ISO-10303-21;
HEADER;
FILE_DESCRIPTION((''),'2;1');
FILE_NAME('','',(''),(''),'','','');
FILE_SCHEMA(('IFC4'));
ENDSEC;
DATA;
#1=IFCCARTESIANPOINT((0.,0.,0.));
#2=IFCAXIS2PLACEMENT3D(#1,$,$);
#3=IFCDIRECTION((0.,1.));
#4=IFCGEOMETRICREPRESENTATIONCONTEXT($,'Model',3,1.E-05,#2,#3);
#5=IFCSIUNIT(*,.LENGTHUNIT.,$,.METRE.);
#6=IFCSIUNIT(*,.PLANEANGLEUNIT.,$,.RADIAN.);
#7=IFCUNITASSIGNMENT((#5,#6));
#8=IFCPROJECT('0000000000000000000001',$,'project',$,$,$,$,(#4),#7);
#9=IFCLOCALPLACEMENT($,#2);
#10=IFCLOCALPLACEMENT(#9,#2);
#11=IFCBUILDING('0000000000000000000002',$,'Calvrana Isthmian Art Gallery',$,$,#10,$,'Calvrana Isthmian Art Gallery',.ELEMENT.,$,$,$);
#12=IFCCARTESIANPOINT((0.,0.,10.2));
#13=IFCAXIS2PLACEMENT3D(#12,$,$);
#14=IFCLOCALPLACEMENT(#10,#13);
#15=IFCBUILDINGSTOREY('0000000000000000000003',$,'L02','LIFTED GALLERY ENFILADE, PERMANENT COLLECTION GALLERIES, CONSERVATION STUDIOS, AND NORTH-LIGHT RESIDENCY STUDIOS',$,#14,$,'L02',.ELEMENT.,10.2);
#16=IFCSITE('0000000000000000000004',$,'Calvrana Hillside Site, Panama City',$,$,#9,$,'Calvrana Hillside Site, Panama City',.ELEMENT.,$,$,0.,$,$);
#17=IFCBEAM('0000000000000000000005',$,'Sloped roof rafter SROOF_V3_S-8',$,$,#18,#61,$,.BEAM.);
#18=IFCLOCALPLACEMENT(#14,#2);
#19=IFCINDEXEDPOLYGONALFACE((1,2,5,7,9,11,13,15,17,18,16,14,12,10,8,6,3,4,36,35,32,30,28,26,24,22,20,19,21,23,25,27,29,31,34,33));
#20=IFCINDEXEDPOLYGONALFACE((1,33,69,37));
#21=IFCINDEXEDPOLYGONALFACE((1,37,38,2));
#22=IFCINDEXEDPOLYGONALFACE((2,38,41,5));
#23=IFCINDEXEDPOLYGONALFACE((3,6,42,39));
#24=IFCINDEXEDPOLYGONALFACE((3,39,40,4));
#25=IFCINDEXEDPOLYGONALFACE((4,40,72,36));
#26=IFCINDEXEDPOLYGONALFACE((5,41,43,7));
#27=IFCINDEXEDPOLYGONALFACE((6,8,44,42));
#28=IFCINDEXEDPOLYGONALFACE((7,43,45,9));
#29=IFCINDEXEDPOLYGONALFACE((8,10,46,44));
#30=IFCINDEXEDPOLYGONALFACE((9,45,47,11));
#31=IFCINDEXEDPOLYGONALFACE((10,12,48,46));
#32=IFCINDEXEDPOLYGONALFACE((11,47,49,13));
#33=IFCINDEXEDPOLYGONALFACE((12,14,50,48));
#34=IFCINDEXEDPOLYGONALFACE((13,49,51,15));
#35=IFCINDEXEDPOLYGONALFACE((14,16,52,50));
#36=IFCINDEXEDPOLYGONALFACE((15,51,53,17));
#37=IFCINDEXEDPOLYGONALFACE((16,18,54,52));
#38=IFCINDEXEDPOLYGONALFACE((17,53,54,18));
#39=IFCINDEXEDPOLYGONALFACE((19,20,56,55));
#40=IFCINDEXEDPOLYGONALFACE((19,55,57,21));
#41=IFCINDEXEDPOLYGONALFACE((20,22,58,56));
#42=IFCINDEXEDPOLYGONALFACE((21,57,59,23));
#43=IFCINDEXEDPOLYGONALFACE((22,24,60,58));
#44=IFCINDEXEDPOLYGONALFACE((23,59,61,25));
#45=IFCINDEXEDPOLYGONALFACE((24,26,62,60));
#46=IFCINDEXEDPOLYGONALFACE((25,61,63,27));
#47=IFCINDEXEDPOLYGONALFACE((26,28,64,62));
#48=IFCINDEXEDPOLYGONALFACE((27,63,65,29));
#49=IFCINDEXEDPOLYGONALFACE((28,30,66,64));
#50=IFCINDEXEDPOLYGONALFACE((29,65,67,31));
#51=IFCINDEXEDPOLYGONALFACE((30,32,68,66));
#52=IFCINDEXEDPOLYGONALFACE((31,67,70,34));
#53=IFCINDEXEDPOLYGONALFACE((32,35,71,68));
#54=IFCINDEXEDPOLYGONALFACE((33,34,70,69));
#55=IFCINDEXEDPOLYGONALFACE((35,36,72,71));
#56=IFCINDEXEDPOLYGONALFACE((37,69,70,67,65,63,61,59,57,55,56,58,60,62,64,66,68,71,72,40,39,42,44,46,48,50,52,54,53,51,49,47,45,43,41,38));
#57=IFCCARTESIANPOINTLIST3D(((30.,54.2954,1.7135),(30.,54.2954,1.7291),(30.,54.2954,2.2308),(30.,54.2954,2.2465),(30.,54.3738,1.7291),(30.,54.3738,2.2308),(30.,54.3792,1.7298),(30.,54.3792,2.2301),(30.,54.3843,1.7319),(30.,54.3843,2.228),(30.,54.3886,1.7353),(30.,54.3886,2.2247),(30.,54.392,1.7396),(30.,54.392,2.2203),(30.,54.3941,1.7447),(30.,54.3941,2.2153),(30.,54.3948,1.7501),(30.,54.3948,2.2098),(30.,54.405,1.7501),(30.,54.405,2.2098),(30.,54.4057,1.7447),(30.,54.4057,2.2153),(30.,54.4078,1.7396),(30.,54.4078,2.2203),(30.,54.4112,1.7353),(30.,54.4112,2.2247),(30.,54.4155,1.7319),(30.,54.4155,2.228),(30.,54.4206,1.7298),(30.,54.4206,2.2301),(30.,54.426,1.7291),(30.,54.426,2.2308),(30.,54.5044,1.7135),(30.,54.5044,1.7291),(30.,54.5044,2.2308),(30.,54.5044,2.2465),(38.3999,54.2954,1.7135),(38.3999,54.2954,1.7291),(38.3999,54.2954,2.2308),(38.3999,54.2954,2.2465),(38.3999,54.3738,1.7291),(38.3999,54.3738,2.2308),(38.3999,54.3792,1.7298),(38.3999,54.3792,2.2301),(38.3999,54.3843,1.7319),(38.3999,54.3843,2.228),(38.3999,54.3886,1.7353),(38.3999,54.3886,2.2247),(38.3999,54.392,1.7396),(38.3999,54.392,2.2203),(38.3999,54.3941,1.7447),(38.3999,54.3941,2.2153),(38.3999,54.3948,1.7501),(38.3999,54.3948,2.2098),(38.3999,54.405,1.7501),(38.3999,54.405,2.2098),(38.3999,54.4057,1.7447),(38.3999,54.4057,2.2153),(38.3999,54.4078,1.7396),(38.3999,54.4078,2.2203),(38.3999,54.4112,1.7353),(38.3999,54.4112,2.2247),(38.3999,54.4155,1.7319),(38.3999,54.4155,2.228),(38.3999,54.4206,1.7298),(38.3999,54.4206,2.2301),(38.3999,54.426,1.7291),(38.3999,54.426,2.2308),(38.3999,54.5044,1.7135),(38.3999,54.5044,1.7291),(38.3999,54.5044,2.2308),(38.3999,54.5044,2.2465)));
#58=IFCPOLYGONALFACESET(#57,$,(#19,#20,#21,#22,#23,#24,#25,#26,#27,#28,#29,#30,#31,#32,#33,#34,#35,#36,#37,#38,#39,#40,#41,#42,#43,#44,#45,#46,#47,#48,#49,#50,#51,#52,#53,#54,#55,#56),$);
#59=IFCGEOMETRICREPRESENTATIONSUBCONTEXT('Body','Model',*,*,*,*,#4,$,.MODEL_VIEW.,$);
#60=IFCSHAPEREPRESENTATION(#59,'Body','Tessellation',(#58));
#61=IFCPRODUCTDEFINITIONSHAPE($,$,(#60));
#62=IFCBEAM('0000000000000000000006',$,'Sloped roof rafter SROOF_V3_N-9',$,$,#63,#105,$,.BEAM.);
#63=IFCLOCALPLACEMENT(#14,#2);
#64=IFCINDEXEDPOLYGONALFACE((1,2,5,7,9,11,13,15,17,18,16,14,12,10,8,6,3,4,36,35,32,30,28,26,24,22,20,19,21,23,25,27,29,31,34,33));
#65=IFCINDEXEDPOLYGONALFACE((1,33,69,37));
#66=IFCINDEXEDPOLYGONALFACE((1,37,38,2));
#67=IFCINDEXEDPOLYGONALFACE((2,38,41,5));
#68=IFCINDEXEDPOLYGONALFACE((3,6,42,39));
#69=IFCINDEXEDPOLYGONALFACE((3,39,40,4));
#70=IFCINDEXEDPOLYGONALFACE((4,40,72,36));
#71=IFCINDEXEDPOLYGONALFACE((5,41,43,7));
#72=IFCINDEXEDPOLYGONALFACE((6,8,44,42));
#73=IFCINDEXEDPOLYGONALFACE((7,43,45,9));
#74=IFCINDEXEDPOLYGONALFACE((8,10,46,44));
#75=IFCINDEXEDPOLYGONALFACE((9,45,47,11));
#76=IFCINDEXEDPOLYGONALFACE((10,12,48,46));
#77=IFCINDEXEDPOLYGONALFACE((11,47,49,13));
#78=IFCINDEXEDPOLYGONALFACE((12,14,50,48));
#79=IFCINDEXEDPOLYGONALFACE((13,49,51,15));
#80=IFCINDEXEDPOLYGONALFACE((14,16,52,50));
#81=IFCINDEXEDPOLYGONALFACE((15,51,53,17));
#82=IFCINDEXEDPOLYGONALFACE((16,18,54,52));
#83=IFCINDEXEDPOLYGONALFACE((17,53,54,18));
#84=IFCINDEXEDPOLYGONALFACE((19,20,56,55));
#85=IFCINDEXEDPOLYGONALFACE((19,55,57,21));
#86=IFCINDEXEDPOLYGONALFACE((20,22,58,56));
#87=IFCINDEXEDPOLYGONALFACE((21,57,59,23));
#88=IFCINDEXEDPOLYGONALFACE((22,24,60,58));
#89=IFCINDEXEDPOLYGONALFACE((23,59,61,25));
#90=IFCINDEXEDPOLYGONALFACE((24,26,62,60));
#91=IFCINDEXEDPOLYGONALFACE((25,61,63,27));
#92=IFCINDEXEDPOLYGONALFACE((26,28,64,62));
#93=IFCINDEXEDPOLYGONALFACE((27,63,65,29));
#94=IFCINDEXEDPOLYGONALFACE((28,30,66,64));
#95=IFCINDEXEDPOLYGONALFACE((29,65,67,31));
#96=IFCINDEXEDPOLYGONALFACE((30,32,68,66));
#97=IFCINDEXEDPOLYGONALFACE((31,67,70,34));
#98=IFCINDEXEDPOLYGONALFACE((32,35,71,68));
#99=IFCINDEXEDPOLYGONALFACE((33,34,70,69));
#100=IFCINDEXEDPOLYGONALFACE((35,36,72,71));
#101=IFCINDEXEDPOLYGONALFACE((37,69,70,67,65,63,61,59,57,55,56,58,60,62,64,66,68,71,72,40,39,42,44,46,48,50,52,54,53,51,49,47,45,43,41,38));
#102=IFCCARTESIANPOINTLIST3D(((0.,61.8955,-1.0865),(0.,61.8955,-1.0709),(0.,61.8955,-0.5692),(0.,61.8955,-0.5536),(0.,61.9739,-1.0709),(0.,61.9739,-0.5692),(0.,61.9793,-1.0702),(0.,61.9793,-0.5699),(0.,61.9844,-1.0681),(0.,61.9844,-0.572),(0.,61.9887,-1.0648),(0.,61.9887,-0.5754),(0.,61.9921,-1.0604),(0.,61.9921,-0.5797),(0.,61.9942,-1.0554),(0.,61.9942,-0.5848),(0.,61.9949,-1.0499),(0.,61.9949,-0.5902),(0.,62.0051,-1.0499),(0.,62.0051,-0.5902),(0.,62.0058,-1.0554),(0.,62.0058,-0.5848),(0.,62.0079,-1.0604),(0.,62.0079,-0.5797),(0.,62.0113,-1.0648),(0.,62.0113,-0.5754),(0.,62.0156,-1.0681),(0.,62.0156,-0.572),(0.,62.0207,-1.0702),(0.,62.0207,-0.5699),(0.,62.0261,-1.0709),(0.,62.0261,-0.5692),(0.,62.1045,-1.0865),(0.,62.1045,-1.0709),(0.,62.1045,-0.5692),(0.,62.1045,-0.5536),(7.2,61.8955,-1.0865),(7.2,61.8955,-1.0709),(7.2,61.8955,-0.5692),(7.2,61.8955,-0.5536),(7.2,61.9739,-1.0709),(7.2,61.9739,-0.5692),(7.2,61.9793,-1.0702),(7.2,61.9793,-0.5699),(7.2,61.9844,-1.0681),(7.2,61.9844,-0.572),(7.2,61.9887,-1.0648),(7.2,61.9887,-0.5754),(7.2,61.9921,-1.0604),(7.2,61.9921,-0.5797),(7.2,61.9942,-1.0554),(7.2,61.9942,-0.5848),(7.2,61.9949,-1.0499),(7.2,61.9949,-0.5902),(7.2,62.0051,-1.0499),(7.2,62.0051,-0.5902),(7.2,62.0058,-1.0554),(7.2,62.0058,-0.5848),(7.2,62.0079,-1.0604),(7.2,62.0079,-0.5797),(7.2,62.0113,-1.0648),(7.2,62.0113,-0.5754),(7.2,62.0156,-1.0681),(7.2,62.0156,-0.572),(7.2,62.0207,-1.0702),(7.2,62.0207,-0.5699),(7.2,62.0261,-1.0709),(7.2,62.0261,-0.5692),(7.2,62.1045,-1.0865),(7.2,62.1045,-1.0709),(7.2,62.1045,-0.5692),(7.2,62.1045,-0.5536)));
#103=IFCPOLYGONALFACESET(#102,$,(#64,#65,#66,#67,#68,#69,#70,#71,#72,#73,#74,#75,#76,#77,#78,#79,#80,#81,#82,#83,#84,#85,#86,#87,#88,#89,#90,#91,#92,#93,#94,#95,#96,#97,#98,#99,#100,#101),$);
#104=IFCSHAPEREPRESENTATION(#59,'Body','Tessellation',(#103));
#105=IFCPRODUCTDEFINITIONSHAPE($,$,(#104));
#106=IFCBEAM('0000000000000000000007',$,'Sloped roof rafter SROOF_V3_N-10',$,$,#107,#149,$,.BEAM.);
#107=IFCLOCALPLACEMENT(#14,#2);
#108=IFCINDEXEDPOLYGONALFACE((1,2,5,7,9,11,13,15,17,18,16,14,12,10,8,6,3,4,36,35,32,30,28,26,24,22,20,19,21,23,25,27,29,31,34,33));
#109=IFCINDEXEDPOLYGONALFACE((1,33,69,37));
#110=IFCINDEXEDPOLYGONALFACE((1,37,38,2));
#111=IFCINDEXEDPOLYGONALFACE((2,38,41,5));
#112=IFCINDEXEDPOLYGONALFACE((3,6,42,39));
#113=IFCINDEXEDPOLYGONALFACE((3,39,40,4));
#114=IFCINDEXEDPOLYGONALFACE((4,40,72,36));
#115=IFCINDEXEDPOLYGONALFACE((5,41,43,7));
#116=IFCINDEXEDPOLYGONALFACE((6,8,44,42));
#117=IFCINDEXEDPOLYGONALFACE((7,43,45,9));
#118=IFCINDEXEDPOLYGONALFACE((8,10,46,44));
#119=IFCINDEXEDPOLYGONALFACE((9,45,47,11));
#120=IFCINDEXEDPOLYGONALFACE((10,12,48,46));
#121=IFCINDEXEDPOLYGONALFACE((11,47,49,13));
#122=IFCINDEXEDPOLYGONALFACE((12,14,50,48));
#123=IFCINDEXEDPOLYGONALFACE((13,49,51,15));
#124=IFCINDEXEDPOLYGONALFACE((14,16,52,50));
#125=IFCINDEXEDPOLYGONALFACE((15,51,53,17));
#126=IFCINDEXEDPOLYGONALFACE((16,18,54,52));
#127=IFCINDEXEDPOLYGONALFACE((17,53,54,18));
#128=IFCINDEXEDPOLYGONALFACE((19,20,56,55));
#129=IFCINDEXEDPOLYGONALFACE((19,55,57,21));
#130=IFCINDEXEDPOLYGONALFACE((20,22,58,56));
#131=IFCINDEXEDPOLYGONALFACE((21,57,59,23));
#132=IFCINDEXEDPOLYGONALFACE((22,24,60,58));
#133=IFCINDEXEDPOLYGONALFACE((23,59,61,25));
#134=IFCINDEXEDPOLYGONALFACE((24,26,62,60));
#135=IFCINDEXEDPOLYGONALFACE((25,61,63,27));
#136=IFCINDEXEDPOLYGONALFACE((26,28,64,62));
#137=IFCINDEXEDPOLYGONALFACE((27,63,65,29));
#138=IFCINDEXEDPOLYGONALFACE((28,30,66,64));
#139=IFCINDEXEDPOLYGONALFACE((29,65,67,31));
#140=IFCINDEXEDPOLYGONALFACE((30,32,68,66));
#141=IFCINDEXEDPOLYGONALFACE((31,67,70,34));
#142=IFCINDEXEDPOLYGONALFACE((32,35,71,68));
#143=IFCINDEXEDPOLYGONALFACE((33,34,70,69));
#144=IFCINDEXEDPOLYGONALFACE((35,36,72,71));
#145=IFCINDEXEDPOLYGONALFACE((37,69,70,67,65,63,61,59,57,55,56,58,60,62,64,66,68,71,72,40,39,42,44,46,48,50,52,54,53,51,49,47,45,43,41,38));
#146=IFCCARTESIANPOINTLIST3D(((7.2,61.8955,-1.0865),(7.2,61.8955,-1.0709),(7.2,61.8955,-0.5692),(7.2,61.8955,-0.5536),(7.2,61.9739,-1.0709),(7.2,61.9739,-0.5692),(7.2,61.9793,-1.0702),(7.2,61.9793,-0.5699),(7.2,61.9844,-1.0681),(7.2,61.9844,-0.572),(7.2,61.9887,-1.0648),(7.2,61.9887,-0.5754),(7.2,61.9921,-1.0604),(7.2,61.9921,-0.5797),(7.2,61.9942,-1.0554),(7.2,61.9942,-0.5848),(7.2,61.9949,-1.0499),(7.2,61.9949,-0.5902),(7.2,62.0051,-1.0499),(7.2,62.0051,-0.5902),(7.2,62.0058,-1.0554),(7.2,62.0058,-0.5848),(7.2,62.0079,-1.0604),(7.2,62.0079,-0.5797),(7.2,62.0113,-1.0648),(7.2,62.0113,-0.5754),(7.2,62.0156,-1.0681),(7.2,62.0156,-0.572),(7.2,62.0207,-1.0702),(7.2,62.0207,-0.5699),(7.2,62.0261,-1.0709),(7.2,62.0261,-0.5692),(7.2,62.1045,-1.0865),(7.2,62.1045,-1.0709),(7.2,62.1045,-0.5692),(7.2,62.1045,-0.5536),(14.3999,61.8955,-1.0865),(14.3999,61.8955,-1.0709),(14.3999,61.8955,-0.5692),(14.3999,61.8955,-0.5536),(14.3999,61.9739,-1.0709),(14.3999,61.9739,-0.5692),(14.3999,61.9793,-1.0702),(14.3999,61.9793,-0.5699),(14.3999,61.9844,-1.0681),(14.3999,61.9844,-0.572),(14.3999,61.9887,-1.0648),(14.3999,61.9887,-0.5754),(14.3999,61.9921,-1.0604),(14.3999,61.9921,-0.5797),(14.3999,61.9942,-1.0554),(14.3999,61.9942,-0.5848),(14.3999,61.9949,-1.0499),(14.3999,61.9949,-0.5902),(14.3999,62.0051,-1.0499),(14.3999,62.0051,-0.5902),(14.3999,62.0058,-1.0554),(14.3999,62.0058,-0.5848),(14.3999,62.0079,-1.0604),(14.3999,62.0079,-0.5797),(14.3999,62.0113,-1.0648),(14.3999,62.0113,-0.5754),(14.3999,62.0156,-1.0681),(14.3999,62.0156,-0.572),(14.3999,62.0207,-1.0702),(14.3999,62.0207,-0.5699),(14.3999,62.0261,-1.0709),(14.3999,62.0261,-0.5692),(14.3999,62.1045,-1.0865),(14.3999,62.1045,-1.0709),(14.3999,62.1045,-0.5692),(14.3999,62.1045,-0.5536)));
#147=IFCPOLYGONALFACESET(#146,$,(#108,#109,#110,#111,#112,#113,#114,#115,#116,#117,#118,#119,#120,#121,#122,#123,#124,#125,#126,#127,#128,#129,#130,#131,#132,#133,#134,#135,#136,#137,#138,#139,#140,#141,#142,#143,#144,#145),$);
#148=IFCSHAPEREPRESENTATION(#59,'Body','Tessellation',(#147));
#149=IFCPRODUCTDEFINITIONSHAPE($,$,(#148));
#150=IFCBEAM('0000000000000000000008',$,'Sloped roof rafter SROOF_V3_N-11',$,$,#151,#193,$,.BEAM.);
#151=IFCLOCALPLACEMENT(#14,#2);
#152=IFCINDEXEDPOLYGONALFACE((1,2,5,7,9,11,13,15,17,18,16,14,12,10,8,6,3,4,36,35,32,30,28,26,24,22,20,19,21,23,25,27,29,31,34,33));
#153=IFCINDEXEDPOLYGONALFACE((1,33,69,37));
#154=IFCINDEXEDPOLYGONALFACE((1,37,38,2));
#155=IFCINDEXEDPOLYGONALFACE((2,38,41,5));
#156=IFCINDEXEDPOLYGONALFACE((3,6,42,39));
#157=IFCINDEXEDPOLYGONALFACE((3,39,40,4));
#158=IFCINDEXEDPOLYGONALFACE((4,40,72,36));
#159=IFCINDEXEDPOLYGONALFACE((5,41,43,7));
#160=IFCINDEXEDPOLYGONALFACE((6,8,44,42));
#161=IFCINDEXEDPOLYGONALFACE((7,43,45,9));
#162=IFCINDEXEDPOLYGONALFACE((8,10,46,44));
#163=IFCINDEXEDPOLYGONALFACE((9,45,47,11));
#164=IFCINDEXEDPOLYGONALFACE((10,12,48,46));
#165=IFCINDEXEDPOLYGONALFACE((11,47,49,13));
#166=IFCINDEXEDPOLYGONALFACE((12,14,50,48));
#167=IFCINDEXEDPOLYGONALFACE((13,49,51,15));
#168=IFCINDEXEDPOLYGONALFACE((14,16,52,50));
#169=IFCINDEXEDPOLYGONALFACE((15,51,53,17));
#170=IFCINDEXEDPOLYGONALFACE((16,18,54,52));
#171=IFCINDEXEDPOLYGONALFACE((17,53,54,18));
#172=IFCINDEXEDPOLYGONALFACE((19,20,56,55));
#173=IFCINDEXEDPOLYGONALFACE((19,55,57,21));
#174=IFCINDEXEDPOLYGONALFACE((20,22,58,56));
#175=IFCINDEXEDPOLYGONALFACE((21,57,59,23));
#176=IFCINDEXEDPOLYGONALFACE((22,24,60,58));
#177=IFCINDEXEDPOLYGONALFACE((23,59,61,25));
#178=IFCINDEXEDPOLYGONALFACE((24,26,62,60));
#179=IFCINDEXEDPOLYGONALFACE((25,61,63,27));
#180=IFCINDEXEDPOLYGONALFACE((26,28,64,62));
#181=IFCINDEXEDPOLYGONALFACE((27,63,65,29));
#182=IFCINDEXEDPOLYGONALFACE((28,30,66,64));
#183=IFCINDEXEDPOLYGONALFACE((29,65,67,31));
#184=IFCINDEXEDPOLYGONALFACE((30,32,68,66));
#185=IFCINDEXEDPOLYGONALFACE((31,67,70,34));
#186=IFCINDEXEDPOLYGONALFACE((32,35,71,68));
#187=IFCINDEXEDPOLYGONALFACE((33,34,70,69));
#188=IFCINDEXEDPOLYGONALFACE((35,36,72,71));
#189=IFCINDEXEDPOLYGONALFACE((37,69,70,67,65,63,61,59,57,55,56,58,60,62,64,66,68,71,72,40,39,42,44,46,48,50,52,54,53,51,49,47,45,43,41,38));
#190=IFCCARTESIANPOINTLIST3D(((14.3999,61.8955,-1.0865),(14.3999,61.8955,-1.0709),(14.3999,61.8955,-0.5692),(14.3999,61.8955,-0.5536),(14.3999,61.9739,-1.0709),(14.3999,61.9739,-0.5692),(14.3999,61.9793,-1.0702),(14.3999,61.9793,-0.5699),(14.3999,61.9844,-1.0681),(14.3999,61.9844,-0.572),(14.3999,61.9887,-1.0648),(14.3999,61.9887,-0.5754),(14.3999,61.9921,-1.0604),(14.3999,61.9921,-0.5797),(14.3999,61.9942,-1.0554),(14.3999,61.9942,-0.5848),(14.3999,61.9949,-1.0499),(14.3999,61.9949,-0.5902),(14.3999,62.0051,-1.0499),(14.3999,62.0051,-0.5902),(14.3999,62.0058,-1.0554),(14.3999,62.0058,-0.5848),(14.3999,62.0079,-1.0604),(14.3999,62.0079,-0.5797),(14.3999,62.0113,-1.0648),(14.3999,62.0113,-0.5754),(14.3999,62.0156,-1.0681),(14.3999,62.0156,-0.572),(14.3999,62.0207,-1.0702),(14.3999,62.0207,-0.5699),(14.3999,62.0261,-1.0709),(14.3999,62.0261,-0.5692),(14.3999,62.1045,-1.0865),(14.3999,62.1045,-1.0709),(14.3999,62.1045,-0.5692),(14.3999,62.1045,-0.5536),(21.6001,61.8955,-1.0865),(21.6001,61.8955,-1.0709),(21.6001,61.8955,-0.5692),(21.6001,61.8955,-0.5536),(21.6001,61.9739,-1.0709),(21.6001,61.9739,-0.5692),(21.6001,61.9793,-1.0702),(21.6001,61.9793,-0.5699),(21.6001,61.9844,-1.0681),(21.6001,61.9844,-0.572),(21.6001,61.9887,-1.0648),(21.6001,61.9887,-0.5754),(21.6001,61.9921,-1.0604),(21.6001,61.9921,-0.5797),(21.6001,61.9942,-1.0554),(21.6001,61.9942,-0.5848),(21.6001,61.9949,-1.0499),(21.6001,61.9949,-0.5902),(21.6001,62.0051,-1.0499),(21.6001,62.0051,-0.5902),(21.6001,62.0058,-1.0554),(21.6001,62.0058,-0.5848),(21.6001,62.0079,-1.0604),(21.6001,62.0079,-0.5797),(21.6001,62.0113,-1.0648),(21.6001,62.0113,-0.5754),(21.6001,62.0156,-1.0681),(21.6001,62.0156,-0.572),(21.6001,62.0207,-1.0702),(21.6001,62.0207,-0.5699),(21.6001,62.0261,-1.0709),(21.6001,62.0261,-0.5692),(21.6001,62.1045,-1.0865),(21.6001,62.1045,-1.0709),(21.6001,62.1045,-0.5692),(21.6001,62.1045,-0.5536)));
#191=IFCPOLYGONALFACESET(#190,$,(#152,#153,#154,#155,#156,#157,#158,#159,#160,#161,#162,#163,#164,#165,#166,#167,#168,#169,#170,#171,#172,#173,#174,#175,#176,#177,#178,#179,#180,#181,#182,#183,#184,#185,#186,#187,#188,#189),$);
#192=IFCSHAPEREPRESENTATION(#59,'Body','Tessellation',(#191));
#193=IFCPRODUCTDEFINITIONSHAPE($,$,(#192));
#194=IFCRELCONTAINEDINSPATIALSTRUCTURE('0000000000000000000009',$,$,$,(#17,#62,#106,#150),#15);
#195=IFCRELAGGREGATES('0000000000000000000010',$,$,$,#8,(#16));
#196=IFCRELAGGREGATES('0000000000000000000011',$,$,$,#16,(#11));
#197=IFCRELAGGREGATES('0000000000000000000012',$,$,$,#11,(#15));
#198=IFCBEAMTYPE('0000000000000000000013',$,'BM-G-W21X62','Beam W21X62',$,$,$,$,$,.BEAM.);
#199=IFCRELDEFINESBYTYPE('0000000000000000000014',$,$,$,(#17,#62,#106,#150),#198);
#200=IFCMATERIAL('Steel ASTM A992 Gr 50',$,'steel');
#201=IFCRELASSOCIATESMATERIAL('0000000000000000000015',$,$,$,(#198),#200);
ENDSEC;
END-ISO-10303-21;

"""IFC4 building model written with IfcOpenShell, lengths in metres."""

from ifc_helpers import new_model, si_unit, direction, frame, origin, origin_2d, place, context, subcontext, project, spatial, i_section, extrude, material, material_profile, profile_set, type_object, element, save


model = new_model("IFC4")

# Units and contexts
model_context = context("Model", 3, precision=1e-05, world=origin(), true_north=direction((0.0, 1.0)))
body_context = subcontext(model_context, "Body", "Model", "MODEL_VIEW")
ifc_project = project(units=[si_unit("LENGTHUNIT", "METRE"), si_unit("PLANEANGLEUNIT", "RADIAN")], contexts=[model_context])

# Site, building, storey
site_placement = place(None, origin())
site = spatial("IfcSite", under=ifc_project, at=site_placement, Name="Calvrana Hillside Site, Panama City", LongName="Calvrana Hillside Site, Panama City", CompositionType="ELEMENT", RefElevation=0.0)
building_placement = place(site_placement, origin())
building = spatial("IfcBuilding", under=site, at=building_placement, Name="Calvrana Isthmian Art Gallery", LongName="Calvrana Isthmian Art Gallery", CompositionType="ELEMENT")
storey_placement = place(building_placement, frame((0.0, 0.0, 10.2)))
storey = spatial("IfcBuildingStorey", under=building, at=storey_placement, Name="L02", Description="LIFTED GALLERY ENFILADE, PERMANENT COLLECTION GALLERIES, CONSERVATION STUDIOS, AND NORTH-LIGHT RESIDENCY STUDIOS", LongName="L02", CompositionType="ELEMENT", Elevation=10.2)

# Beams
ifc_material_1 = material(Name="Steel ASTM A992 Gr 50", Category="steel")
ifc_material_profile_1 = material_profile(ifc_material_1, i_section(OverallWidth=0.209, OverallDepth=0.533, WebThickness=0.0103, FlangeThickness=0.0156, FilletRadius=0.021, at=origin_2d()), Name="W21X62")
ifc_profile_set_1 = profile_set([ifc_material_profile_1], Name="Steel ASTM A992 Gr 50")
beam_type_1 = type_object("IfcBeamType", Name="BM-G-W21X62", Description="Beam W21X62", PredefinedType="BEAM", material=ifc_profile_set_1)
for number, where, z_axis, x_axis, name in (
    (1, (30.0, 54.3999, 1.98), (1.0, 0.0, 0.0), (0.0, 1.0, 0.0), "Sloped roof rafter SROOF_V3_S-8"),
):
    element("IfcBeam", number, at=place(storey_placement, frame(where, z_axis=z_axis, x_axis=x_axis)), inside=storey, type_object=beam_type_1, Name=name, PredefinedType="BEAM", context=body_context, shape_type="SweptSolid", body=[
        extrude(i_section(OverallWidth=0.209, OverallDepth=0.533, WebThickness=0.0103, FlangeThickness=0.0156, FilletRadius=0.021, at=origin_2d()), origin(), (0.0, 0.0, 1.0), 8.3999),
    ])
for number, where, z_axis, x_axis, name in (
    (2, (0.0, 62.0, -0.8201), (1.0, 0.0, 0.0), (0.0, 1.0, 0.0), "Sloped roof rafter SROOF_V3_N-9"),
    (3, (7.2, 62.0, -0.8201), (1.0, 0.0, 0.0), (0.0, 1.0, 0.0), "Sloped roof rafter SROOF_V3_N-10"),
):
    element("IfcBeam", number, at=place(storey_placement, frame(where, z_axis=z_axis, x_axis=x_axis)), inside=storey, type_object=beam_type_1, Name=name, PredefinedType="BEAM", context=body_context, shape_type="SweptSolid", body=[
        extrude(i_section(OverallWidth=0.209, OverallDepth=0.533, WebThickness=0.0103, FlangeThickness=0.0156, FilletRadius=0.021, at=origin_2d()), origin(), (0.0, 0.0, 1.0), 7.2),
    ])
beam_1_placement = place(storey_placement, frame((14.3999, 62.0, -0.8201), z_axis=(1.0, 0.0, 0.0), x_axis=(0.0, 1.0, 0.0)))
element("IfcBeam", 4, at=beam_1_placement, inside=storey, type_object=beam_type_1, Name="Sloped roof rafter SROOF_V3_N-11", PredefinedType="BEAM", context=body_context, shape_type="SweptSolid", body=[
    extrude(i_section(OverallWidth=0.209, OverallDepth=0.533, WebThickness=0.0103, FlangeThickness=0.0156, FilletRadius=0.021, at=origin_2d()), origin(), (0.0, 0.0, 1.0), 7.2002),
])

save(model, "model.ifc")
